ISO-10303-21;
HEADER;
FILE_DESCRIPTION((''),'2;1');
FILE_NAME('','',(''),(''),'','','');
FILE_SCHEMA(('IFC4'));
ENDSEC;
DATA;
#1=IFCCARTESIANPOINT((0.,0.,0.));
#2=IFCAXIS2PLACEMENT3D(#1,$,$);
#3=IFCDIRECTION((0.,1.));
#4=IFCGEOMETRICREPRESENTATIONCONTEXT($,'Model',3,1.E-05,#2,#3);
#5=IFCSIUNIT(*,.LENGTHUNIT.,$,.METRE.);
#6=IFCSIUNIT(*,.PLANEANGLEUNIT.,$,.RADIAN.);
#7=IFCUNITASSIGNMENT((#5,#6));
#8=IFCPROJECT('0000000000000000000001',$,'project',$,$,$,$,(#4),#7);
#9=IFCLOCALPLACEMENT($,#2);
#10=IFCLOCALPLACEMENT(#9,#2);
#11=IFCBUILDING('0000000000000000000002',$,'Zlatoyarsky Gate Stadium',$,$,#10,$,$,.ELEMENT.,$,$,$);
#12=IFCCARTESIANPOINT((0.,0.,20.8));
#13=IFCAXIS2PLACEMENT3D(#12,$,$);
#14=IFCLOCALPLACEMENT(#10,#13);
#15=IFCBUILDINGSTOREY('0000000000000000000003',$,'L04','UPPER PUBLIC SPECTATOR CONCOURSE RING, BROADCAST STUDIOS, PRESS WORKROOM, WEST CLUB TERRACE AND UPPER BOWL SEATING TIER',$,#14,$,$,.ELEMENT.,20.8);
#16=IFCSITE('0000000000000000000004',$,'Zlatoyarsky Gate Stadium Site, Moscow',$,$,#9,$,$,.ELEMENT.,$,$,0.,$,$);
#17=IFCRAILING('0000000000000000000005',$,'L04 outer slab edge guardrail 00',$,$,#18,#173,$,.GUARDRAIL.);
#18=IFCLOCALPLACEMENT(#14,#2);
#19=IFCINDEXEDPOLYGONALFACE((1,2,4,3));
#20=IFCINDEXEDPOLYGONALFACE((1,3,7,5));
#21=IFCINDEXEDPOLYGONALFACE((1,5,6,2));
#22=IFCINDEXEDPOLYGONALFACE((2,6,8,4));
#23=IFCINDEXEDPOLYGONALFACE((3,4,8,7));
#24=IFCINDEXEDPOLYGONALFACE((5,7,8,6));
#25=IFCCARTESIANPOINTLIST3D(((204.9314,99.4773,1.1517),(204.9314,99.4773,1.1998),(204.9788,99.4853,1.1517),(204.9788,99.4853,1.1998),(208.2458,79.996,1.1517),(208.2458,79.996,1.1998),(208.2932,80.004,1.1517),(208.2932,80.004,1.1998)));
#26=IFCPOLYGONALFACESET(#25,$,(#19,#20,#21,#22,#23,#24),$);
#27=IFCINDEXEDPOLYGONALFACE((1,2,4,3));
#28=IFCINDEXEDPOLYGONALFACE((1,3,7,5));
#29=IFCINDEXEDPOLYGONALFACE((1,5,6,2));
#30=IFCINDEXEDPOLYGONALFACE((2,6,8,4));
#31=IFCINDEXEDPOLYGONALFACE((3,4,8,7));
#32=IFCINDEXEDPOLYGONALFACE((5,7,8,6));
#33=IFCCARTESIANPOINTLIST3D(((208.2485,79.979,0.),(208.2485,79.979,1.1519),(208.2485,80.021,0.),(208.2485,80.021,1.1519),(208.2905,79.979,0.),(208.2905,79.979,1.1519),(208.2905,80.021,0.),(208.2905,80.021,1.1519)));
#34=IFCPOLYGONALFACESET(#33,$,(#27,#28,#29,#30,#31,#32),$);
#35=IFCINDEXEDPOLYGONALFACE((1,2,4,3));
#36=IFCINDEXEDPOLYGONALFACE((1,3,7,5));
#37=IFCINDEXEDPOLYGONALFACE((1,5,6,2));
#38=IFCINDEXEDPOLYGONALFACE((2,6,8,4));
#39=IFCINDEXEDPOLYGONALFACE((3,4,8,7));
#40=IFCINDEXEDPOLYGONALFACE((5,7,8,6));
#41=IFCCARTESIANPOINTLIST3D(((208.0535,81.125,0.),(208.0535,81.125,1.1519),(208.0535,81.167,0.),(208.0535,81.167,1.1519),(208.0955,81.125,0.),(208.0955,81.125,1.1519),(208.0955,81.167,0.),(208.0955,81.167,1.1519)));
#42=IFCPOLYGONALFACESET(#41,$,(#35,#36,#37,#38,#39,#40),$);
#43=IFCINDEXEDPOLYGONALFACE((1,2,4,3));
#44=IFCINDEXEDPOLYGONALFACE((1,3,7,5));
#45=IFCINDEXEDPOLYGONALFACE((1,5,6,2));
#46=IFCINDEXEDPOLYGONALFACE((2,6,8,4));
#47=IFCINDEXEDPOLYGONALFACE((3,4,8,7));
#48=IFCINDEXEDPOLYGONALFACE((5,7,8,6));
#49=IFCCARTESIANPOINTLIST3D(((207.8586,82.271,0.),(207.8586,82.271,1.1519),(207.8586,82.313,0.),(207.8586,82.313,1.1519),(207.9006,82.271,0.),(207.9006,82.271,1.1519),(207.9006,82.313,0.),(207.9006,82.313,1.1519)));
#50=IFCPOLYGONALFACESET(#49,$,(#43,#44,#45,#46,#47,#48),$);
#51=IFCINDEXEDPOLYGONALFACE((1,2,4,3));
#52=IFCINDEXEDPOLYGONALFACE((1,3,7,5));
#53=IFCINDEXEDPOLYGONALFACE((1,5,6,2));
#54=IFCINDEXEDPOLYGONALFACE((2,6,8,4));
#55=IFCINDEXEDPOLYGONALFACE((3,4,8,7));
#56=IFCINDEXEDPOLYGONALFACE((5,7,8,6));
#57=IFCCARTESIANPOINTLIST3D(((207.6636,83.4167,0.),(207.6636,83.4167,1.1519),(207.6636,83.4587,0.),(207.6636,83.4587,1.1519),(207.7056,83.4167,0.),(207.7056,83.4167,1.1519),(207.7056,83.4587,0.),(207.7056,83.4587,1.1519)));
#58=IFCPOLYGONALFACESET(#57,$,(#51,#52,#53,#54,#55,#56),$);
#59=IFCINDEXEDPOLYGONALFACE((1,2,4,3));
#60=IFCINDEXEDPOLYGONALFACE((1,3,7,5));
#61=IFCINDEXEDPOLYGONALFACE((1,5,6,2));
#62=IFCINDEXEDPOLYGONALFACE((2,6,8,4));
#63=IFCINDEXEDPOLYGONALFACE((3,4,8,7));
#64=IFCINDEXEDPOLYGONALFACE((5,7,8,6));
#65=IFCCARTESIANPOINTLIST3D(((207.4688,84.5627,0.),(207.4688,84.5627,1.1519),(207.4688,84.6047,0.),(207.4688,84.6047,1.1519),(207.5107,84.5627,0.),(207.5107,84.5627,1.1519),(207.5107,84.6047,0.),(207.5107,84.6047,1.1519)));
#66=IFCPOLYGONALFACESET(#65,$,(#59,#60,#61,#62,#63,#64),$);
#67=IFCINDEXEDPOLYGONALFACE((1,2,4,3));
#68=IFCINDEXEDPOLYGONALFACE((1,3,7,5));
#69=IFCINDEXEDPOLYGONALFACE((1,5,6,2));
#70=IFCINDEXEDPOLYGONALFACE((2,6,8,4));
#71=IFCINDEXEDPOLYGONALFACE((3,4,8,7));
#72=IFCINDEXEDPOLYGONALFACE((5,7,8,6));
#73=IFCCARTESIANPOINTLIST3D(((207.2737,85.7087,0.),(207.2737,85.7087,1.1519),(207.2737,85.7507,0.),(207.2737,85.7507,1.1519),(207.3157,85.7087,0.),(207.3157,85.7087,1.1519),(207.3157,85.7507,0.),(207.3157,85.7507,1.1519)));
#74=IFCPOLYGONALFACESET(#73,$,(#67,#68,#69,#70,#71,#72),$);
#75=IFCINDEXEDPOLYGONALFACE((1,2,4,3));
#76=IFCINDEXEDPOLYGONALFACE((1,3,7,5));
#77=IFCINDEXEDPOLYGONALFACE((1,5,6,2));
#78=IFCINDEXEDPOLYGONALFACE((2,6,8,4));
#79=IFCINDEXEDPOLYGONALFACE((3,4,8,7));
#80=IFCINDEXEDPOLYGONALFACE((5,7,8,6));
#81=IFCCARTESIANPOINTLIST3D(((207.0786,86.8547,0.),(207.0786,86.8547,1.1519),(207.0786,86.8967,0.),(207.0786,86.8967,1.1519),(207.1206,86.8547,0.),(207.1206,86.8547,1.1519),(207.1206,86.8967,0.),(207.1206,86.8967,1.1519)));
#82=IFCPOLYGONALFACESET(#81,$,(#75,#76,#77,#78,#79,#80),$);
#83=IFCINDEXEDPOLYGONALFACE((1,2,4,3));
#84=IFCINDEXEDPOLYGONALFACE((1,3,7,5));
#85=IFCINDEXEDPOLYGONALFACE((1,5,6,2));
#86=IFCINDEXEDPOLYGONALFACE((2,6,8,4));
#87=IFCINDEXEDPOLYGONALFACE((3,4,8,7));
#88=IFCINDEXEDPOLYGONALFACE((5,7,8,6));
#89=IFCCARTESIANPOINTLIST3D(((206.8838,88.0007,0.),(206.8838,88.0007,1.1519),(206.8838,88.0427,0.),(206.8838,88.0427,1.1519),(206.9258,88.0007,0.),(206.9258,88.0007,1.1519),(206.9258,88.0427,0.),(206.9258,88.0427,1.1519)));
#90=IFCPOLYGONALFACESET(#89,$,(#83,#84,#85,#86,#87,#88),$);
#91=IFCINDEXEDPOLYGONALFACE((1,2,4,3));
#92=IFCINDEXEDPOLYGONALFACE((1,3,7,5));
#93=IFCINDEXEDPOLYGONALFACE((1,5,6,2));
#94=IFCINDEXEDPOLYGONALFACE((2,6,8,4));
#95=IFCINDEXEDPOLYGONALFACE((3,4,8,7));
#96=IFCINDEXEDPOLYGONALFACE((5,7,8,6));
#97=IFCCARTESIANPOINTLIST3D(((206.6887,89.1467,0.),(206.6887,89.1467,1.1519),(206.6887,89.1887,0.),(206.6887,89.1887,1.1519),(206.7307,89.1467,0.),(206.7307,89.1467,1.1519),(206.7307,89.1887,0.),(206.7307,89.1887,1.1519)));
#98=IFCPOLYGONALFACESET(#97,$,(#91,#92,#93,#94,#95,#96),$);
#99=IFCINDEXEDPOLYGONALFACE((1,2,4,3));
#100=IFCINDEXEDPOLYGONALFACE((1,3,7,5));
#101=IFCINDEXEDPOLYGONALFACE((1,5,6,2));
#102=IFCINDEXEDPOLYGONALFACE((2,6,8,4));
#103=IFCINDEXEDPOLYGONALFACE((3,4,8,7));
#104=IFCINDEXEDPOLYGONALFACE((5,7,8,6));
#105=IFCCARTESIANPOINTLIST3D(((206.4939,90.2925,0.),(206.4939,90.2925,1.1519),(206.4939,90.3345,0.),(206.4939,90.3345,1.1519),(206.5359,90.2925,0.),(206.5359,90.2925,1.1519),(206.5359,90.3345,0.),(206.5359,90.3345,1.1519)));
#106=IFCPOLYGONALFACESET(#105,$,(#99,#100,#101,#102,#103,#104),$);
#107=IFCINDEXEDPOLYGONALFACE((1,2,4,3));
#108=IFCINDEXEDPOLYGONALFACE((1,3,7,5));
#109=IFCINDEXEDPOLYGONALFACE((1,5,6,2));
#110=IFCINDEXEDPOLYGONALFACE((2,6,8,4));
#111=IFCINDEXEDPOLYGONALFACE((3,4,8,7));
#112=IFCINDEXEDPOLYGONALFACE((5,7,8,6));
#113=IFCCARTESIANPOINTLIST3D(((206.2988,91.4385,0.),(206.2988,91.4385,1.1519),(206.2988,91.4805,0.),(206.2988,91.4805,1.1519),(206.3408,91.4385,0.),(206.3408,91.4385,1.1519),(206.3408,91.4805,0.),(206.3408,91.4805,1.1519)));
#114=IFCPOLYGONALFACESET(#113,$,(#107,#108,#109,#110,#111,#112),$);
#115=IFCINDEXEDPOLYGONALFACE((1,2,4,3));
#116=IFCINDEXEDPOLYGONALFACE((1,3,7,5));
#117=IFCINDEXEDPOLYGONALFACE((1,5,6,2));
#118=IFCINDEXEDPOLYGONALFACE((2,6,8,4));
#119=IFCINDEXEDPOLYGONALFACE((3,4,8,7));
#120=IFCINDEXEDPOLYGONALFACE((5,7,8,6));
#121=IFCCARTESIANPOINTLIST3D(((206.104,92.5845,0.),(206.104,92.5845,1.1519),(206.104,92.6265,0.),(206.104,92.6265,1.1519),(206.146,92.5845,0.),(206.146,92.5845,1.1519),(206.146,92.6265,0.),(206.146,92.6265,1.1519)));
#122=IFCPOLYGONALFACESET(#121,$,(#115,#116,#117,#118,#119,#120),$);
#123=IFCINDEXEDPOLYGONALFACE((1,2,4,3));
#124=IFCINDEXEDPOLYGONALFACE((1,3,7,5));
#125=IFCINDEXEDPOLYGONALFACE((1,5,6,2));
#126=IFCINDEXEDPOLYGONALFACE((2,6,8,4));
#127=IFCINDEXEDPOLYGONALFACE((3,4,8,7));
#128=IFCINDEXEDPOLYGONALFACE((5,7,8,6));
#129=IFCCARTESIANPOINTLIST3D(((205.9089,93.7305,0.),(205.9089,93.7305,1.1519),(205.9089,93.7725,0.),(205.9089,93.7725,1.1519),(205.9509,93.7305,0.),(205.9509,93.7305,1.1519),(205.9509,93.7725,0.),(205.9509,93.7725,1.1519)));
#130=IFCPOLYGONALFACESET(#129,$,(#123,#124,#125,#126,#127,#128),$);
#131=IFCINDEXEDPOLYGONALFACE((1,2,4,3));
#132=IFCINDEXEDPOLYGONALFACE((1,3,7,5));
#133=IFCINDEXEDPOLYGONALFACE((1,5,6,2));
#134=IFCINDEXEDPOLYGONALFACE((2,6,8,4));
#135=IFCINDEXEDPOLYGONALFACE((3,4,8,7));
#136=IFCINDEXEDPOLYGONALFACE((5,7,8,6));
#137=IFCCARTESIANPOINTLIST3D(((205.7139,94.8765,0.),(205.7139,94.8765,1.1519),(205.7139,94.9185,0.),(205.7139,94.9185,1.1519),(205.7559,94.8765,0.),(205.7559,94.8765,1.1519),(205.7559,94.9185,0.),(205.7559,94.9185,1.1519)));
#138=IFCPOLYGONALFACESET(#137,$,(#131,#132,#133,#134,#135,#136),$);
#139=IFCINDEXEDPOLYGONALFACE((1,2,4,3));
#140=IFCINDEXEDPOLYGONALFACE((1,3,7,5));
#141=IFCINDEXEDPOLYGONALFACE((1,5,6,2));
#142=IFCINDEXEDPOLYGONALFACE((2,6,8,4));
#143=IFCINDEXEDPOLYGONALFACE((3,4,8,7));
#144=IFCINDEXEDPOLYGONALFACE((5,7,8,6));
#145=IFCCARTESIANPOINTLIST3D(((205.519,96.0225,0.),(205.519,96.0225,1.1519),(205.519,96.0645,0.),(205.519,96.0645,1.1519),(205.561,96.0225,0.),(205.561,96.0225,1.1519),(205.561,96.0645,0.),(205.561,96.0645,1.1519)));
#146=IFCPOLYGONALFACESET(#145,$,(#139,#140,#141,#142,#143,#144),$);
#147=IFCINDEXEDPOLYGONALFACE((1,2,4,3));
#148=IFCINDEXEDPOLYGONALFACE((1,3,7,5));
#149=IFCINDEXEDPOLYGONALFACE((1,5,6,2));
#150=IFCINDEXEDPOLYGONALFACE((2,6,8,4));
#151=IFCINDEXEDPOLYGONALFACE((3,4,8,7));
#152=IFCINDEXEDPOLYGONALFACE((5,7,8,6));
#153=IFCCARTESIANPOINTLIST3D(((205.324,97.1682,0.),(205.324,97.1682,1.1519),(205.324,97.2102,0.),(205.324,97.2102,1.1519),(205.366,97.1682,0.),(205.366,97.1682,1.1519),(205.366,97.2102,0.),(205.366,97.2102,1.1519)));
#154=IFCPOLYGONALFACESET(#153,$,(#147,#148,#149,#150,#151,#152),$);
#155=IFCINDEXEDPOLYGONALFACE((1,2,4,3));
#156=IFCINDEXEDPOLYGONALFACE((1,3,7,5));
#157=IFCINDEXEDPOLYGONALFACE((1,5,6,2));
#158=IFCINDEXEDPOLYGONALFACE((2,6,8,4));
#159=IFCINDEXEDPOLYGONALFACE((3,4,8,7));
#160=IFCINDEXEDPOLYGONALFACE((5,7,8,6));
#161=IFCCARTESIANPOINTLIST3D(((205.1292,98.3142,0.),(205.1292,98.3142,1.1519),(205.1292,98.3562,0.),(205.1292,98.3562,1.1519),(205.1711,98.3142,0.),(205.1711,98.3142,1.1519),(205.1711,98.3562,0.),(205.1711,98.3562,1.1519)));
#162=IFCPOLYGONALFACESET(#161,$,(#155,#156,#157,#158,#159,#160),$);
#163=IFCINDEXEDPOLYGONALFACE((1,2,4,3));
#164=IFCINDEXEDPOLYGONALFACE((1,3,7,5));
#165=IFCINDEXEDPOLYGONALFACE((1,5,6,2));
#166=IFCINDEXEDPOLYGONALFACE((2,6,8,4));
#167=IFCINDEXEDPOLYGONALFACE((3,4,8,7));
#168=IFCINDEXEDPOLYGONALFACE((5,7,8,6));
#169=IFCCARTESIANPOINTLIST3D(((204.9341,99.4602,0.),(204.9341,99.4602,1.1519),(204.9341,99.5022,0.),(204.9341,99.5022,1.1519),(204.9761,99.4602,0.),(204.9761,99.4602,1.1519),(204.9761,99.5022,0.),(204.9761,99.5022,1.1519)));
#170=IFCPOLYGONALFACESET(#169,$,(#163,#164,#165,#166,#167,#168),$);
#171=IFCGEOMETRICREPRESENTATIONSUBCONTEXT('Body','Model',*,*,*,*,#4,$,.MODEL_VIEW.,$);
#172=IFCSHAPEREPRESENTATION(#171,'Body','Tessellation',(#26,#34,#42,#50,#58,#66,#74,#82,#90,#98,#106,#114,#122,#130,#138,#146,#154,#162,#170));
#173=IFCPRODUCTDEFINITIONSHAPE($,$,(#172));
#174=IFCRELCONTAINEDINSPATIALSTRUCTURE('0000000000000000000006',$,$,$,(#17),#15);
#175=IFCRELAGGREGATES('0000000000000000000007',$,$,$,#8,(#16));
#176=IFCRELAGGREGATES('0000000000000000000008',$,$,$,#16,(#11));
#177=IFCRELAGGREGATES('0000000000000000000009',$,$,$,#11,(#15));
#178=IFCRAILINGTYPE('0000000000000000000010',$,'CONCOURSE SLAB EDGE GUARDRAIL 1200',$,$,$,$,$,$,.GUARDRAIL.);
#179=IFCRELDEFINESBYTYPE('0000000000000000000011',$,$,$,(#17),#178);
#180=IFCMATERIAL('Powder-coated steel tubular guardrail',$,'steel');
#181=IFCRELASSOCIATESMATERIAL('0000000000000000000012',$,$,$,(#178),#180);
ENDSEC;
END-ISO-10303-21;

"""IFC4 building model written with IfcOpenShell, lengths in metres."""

from ifc_helpers import new_model, si_unit, direction, frame, origin, origin_2d, place, context, subcontext, project, spatial, rectangle, extrude, material, type_object, element, save


model = new_model("IFC4")

# Units and contexts
model_context = context("Model", 3, precision=1e-05, world=origin(), true_north=direction((0.0, 1.0)))
body_context = subcontext(model_context, "Body", "Model", "MODEL_VIEW")
ifc_project = project(units=[si_unit("LENGTHUNIT", "METRE"), si_unit("PLANEANGLEUNIT", "RADIAN")], contexts=[model_context])

# Site, building, storey
site_placement = place(None, origin())
site = spatial("IfcSite", under=ifc_project, at=site_placement, Name="Zlatoyarsky Gate Stadium Site, Moscow", CompositionType="ELEMENT", RefElevation=0.0)
building_placement = place(site_placement, origin())
building = spatial("IfcBuilding", under=site, at=building_placement, Name="Zlatoyarsky Gate Stadium", CompositionType="ELEMENT")
storey_placement = place(building_placement, frame((0.0, 0.0, 20.8)))
storey = spatial("IfcBuildingStorey", under=building, at=storey_placement, Name="L04", Description="UPPER PUBLIC SPECTATOR CONCOURSE RING, BROADCAST STUDIOS, PRESS WORKROOM, WEST CLUB TERRACE AND UPPER BOWL SEATING TIER", CompositionType="ELEMENT", Elevation=20.8)

# Railing
ifc_material_1 = material(Name="Powder-coated steel tubular guardrail", Category="steel")
railing_type = type_object("IfcRailingType", Name="CONCOURSE SLAB EDGE GUARDRAIL 1200", PredefinedType="GUARDRAIL", material=ifc_material_1)
railing_placement = place(storey_placement, frame((208.2695, 80.0, 0.0)))
element("IfcRailing", 1, at=railing_placement, inside=storey, type_object=railing_type, Name="L04 outer slab edge guardrail 00", PredefinedType="GUARDRAIL", context=body_context, shape_type="SweptSolid", body=[
    extrude(rectangle(XDim=0.0481, YDim=0.0481, at=origin_2d()), frame((0.0, 0.0, 1.1758), z_axis=(-0.167726, 0.985834, 0.0), x_axis=(-0.985834, -0.167726, 0.0)), (0.0, 0.0, 1.0), 19.7612),
    extrude(rectangle(XDim=0.042, YDim=0.042, at=origin_2d()), origin(), (0.0, 0.0, 1.0), 1.1519),
    extrude(rectangle(XDim=0.042, YDim=0.042, at=origin_2d()), frame((-0.1951, 1.146, 0.0)), (0.0, 0.0, 1.0), 1.1519),
    extrude(rectangle(XDim=0.042, YDim=0.042, at=origin_2d()), frame((-0.3899, 2.292, 0.0)), (0.0, 0.0, 1.0), 1.1519),
    extrude(rectangle(XDim=0.042, YDim=0.042, at=origin_2d()), frame((-0.585, 3.4377, 0.0)), (0.0, 0.0, 1.0), 1.1519),
    extrude(rectangle(XDim=0.042, YDim=0.042, at=origin_2d()), frame((-0.7798, 4.5837, 0.0)), (0.0, 0.0, 1.0), 1.1519),
    extrude(rectangle(XDim=0.042, YDim=0.042, at=origin_2d()), frame((-0.9749, 5.7297, 0.0)), (0.0, 0.0, 1.0), 1.1519),
    extrude(rectangle(XDim=0.042, YDim=0.042, at=origin_2d()), frame((-1.1699, 6.8757, 0.0)), (0.0, 0.0, 1.0), 1.1519),
    extrude(rectangle(XDim=0.042, YDim=0.042, at=origin_2d()), frame((-1.3647, 8.0217, 0.0)), (0.0, 0.0, 1.0), 1.1519),
    extrude(rectangle(XDim=0.042, YDim=0.042, at=origin_2d()), frame((-1.5598, 9.1677, 0.0)), (0.0, 0.0, 1.0), 1.1519),
    extrude(rectangle(XDim=0.042, YDim=0.042, at=origin_2d()), frame((-1.7546, 10.3135, 0.0)), (0.0, 0.0, 1.0), 1.1519),
    extrude(rectangle(XDim=0.042, YDim=0.042, at=origin_2d()), frame((-1.9497, 11.4595, 0.0)), (0.0, 0.0, 1.0), 1.1519),
    extrude(rectangle(XDim=0.042, YDim=0.042, at=origin_2d()), frame((-2.1445, 12.6055, 0.0)), (0.0, 0.0, 1.0), 1.1519),
    extrude(rectangle(XDim=0.042, YDim=0.042, at=origin_2d()), frame((-2.3396, 13.7515, 0.0)), (0.0, 0.0, 1.0), 1.1519),
    extrude(rectangle(XDim=0.042, YDim=0.042, at=origin_2d()), frame((-2.5347, 14.8975, 0.0)), (0.0, 0.0, 1.0), 1.1519),
    extrude(rectangle(XDim=0.042, YDim=0.042, at=origin_2d()), frame((-2.7295, 16.0435, 0.0)), (0.0, 0.0, 1.0), 1.1519),
    extrude(rectangle(XDim=0.042, YDim=0.042, at=origin_2d()), frame((-2.9246, 17.1892, 0.0)), (0.0, 0.0, 1.0), 1.1519),
    extrude(rectangle(XDim=0.042, YDim=0.042, at=origin_2d()), frame((-3.1194, 18.3352, 0.0)), (0.0, 0.0, 1.0), 1.1519),
    extrude(rectangle(XDim=0.042, YDim=0.042, at=origin_2d()), frame((-3.3145, 19.4812, 0.0)), (0.0, 0.0, 1.0), 1.1519),
])

save(model, "model.ifc")
